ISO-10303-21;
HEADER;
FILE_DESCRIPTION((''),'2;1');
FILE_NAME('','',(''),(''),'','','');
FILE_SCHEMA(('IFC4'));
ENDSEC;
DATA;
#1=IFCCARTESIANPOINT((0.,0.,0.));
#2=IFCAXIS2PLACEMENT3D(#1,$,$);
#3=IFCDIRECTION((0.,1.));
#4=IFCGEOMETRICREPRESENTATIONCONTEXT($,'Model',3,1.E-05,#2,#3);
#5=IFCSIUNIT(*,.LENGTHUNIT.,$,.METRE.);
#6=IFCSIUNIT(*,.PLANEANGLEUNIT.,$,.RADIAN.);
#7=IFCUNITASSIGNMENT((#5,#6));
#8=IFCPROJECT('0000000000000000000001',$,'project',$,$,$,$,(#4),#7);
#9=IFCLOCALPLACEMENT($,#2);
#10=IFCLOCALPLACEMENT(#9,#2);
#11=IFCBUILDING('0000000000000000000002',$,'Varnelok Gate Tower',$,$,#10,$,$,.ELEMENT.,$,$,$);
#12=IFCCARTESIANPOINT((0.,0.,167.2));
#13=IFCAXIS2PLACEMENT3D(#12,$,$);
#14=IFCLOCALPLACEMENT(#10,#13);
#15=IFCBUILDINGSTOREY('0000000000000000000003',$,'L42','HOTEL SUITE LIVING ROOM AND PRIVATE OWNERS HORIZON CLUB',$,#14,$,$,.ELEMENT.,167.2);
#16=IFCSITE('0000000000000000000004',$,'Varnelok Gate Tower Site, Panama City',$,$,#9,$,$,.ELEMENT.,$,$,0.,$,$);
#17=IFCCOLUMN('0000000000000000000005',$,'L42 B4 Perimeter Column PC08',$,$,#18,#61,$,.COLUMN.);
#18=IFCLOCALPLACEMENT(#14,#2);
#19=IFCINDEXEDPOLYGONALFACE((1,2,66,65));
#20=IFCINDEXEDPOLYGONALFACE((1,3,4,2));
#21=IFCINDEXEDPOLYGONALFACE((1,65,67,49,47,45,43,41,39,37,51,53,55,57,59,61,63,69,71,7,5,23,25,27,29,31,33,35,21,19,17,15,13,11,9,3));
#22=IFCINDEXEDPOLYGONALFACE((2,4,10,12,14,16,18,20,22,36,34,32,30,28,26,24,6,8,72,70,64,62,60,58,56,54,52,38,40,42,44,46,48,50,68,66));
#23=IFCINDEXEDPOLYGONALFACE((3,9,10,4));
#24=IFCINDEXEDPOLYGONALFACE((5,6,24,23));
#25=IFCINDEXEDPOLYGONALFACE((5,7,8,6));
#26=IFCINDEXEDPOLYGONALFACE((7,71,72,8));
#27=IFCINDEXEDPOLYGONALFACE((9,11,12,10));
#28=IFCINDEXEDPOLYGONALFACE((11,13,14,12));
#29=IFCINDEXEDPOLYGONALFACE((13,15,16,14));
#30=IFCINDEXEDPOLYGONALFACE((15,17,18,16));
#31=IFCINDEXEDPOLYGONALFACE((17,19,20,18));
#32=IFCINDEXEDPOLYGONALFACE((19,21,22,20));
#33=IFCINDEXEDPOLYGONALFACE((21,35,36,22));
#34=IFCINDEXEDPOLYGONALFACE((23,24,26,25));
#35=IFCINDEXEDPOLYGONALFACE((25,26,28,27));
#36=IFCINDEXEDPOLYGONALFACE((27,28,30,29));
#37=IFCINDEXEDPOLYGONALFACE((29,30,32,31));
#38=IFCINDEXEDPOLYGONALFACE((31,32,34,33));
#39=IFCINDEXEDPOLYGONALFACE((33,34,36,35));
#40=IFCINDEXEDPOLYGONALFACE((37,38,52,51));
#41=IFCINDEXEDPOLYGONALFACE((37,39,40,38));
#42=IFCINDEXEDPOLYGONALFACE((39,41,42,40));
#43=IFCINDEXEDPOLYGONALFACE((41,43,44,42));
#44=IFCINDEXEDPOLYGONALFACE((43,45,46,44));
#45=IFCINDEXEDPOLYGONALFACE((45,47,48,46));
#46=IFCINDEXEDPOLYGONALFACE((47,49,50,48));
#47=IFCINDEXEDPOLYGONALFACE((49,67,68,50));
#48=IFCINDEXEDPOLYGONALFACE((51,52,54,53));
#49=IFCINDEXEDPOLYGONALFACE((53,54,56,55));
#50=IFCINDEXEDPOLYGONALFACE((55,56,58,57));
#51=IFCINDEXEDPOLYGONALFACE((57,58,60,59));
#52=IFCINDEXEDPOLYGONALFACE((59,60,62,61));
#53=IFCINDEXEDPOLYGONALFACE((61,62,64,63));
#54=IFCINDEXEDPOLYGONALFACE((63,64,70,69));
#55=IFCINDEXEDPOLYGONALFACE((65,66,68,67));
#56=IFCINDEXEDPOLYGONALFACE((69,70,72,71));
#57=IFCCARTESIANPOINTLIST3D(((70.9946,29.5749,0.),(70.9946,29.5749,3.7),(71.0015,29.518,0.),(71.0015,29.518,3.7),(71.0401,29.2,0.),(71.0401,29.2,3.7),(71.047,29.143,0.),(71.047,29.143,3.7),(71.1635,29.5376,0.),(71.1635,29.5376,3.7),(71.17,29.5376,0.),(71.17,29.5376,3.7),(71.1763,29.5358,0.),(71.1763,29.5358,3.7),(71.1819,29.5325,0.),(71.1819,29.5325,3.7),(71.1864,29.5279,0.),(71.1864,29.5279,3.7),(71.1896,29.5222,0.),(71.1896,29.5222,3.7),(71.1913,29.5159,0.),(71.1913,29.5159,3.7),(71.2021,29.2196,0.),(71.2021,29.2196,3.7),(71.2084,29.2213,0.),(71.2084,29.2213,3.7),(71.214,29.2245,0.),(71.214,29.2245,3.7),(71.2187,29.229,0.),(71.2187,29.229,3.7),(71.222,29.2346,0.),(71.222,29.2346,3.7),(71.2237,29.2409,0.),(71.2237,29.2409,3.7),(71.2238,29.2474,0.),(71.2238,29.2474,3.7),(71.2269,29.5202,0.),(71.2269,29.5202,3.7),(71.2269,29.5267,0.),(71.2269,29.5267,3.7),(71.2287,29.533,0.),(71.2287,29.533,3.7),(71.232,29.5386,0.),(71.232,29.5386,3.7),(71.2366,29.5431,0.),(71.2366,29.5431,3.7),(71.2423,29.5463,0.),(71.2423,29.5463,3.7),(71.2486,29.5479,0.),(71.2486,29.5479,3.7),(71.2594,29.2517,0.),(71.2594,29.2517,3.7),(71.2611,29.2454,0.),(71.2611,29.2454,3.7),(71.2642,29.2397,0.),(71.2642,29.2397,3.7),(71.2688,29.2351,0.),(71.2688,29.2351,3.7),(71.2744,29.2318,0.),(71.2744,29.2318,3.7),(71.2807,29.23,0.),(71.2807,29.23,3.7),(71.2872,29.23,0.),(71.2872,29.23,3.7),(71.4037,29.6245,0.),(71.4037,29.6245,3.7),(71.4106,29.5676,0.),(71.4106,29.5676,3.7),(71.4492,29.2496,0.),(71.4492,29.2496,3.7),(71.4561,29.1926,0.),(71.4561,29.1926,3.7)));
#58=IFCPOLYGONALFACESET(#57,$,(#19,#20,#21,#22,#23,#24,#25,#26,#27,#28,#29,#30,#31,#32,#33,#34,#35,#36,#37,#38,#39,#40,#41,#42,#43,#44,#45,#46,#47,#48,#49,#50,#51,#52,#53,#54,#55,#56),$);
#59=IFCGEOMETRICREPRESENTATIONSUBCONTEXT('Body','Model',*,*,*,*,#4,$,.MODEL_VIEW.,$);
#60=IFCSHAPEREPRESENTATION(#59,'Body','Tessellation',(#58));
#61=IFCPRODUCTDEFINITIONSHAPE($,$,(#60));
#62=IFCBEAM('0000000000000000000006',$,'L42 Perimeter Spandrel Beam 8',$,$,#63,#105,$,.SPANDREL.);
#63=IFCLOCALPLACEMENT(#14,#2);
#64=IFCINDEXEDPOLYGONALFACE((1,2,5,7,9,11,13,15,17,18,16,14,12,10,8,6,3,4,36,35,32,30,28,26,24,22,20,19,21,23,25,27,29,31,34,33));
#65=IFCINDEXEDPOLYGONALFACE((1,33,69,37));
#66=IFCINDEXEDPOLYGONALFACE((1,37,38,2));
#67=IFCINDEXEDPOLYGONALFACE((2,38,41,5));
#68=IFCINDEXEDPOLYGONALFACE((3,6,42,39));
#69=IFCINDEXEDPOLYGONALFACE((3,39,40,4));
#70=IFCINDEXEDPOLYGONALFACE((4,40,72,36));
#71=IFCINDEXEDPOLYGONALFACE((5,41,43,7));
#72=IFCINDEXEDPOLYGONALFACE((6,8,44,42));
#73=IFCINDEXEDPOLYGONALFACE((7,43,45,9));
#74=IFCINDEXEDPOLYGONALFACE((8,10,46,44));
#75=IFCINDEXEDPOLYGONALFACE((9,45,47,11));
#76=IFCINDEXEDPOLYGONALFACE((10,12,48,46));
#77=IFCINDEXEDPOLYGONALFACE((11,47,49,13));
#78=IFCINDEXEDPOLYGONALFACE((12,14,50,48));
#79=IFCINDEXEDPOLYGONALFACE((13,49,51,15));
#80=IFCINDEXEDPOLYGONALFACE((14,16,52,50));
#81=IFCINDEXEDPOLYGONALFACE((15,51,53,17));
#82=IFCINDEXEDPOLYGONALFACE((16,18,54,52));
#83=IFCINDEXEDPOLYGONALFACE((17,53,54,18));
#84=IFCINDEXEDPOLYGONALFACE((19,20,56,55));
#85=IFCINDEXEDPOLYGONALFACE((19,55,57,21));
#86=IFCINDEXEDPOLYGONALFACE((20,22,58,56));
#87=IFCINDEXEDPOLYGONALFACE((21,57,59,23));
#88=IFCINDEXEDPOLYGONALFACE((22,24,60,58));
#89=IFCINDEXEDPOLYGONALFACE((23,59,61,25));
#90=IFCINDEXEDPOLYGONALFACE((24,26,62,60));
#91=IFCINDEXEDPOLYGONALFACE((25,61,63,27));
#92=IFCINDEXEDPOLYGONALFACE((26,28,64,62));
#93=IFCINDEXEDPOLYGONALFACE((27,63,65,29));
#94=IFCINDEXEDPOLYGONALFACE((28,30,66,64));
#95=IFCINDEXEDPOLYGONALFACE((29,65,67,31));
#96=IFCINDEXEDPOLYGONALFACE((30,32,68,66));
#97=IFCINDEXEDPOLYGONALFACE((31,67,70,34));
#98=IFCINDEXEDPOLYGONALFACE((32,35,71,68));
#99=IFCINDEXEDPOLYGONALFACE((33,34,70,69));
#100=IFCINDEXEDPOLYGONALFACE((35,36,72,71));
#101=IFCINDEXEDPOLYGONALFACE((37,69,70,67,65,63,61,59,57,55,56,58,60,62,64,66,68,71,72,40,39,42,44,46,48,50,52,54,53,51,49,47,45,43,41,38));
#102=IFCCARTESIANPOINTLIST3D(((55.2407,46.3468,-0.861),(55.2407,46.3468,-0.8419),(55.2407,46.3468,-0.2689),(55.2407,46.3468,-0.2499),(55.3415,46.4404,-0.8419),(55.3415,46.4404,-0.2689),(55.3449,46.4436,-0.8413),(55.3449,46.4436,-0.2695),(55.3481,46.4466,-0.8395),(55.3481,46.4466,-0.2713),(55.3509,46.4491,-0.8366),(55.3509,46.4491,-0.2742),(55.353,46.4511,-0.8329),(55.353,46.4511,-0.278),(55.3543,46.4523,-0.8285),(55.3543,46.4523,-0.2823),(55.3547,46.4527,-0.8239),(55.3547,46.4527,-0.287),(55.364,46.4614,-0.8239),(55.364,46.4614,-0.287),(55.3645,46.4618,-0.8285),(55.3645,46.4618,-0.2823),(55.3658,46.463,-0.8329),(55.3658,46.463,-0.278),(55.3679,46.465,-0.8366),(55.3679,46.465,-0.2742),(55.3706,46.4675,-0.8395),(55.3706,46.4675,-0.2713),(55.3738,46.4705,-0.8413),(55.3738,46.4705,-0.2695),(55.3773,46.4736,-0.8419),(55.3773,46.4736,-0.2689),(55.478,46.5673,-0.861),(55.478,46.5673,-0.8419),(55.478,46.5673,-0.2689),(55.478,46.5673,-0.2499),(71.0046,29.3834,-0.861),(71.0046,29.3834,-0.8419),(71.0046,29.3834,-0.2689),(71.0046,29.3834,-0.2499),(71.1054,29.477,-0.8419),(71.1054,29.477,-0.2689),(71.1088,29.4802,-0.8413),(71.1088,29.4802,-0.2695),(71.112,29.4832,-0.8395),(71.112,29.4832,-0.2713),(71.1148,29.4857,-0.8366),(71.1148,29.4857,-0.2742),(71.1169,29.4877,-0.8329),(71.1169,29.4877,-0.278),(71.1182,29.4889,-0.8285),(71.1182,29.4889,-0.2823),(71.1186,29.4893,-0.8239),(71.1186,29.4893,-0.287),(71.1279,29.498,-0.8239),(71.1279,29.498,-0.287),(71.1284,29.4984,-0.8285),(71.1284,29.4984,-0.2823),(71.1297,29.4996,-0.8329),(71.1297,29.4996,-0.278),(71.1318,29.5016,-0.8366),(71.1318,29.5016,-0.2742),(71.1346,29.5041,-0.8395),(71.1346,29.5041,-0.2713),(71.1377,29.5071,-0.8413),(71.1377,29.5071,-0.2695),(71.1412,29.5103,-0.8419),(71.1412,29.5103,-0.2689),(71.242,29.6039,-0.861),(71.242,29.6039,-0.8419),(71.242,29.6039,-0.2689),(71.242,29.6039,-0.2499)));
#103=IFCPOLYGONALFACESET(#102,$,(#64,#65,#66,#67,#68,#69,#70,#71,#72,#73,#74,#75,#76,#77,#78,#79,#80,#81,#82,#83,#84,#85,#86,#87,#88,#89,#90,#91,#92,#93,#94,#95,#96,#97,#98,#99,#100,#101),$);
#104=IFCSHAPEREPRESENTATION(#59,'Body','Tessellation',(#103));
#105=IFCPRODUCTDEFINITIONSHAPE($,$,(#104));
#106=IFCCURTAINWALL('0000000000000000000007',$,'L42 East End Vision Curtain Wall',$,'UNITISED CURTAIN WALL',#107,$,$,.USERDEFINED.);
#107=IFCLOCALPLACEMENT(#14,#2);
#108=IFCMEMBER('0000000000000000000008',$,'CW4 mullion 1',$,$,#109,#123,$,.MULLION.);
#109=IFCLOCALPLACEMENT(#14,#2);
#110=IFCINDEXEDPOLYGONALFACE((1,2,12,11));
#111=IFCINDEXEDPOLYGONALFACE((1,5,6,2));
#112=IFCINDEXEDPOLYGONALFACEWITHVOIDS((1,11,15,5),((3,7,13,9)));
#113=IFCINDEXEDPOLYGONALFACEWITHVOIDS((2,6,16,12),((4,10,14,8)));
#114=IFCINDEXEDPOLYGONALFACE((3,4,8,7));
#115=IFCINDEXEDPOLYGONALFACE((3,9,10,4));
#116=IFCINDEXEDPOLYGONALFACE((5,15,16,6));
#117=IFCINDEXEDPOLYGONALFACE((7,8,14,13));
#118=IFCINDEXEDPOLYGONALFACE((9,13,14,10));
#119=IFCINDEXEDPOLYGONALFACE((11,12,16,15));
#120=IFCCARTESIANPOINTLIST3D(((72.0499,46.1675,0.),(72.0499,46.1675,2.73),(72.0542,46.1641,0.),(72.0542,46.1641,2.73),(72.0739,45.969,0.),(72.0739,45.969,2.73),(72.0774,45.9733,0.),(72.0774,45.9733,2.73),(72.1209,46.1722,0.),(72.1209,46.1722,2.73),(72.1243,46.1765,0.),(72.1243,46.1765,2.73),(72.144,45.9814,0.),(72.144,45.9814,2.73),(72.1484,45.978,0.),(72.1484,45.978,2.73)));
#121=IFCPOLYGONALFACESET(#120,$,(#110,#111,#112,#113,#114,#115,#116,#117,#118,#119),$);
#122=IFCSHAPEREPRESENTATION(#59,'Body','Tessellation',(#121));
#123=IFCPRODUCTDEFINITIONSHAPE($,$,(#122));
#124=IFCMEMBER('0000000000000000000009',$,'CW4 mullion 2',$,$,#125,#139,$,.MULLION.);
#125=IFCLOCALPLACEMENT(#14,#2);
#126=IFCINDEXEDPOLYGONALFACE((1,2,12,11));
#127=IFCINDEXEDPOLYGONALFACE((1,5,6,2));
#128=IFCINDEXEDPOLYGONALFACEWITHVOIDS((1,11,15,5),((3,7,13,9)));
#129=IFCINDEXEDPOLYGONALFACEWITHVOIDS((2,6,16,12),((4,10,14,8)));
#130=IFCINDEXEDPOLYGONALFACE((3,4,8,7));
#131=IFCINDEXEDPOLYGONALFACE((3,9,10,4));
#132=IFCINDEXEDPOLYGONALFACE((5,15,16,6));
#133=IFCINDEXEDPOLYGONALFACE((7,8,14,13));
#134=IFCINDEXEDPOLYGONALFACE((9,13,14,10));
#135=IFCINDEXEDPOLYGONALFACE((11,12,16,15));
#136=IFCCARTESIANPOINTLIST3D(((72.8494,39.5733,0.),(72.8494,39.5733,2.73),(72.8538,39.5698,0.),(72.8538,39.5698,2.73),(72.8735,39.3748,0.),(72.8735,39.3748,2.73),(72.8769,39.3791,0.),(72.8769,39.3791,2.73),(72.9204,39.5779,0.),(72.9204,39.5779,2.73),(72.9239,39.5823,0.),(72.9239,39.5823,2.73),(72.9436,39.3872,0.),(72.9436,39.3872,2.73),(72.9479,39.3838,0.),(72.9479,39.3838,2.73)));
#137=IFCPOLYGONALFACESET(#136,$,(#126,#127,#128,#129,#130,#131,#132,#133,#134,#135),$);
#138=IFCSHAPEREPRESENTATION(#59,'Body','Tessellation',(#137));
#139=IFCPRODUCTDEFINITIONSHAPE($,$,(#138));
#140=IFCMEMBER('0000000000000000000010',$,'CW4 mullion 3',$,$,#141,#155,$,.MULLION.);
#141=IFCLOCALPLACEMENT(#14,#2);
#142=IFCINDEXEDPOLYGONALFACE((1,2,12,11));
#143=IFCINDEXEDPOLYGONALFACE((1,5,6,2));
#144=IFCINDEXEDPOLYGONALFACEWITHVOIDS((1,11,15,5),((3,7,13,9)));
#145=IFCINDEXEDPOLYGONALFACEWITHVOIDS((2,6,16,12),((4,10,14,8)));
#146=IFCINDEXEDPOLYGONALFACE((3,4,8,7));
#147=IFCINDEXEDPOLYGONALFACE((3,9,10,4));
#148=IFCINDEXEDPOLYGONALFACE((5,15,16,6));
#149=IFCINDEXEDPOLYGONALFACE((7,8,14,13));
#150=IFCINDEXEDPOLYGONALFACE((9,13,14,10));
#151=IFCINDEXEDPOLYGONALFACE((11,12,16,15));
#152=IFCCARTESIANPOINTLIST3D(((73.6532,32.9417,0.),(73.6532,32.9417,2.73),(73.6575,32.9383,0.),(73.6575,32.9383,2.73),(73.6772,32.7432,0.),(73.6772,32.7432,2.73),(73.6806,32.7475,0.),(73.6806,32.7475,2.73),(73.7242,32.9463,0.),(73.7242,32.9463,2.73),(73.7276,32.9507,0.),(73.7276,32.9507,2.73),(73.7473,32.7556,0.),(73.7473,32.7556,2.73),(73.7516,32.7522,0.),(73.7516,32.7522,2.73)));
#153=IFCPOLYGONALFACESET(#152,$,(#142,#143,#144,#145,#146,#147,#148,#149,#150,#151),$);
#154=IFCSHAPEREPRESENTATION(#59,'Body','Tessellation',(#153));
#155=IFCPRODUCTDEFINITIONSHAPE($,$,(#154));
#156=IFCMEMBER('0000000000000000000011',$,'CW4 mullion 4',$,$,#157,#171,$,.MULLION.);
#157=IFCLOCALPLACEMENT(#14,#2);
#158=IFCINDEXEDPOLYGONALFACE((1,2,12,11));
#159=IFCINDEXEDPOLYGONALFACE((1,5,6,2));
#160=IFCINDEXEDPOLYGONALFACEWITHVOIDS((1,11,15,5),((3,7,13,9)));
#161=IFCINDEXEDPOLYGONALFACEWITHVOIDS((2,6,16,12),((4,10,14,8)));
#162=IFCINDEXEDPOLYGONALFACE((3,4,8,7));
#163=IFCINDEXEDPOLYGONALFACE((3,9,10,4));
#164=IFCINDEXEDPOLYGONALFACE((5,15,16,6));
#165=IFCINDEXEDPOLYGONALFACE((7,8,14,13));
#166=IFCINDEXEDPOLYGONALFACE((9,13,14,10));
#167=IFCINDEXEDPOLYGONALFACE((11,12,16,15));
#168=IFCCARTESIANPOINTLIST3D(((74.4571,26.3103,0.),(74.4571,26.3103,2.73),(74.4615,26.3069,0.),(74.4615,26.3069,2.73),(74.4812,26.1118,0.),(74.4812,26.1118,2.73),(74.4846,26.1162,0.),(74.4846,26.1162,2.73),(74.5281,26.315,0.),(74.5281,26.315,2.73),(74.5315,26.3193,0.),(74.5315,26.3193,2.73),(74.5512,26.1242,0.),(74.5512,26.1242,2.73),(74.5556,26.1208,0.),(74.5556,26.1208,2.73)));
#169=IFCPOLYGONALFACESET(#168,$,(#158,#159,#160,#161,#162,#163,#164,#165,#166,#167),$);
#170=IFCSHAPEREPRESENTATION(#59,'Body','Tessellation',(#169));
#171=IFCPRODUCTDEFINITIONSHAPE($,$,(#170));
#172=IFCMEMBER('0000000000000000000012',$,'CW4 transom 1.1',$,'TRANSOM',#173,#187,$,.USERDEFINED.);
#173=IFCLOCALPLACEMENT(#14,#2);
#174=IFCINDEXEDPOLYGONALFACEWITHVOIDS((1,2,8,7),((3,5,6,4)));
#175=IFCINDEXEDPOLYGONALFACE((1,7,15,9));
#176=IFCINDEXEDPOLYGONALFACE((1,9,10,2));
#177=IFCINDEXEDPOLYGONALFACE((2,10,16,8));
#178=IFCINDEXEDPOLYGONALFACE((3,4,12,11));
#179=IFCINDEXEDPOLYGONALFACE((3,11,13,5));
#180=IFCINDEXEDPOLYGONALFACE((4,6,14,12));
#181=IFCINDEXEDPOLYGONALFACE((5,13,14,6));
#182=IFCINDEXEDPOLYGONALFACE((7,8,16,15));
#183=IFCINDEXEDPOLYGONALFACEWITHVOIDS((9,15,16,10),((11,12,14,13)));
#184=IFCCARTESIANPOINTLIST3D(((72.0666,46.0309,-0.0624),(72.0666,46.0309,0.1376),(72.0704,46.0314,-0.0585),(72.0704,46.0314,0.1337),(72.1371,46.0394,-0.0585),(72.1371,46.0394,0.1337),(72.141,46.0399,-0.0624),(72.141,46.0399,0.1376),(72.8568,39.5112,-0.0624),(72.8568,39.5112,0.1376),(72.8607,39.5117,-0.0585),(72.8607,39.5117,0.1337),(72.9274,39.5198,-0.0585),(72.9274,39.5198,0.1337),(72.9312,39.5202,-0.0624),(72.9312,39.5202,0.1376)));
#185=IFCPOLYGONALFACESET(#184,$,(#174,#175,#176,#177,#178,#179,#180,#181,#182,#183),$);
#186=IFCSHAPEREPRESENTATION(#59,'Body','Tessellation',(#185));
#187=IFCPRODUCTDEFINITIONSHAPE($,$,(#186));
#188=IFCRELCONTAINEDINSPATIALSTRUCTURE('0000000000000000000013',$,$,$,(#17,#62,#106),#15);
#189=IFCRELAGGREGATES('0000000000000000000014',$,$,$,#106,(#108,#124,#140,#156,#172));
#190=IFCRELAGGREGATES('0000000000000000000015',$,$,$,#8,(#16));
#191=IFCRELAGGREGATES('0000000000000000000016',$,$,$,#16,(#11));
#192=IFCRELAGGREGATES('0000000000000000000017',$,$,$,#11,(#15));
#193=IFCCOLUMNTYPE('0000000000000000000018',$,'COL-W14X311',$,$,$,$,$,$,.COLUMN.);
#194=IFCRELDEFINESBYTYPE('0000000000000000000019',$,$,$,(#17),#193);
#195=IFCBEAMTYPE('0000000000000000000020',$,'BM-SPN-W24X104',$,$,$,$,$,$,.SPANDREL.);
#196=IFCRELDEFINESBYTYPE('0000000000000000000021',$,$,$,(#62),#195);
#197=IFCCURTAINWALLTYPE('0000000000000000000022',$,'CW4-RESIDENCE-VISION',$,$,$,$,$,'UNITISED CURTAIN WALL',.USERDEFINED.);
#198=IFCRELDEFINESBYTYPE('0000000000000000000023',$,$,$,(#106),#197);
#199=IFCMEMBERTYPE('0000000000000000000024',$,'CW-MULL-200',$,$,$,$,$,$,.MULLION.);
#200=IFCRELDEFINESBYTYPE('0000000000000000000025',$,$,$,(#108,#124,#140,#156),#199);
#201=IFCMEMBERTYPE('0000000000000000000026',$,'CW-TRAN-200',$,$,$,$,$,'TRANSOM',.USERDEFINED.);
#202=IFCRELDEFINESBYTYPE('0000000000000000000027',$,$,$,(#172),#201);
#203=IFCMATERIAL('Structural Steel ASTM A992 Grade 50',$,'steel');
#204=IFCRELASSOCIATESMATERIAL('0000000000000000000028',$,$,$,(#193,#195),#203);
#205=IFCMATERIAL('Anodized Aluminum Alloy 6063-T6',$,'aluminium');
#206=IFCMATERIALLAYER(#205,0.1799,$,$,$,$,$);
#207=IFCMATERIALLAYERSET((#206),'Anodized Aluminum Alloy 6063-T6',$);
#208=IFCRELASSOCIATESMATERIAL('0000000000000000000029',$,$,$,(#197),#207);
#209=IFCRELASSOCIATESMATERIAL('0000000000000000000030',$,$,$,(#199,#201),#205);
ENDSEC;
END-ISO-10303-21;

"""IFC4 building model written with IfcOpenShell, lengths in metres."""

from ifc_helpers import new_model, si_unit, direction, frame, origin, origin_2d, place, context, subcontext, project, spatial, hollow_rectangle, i_section, extrude, material, layer, layer_set, material_profile, profile_set, type_object, element, aggregate, save


model = new_model("IFC4")

# Units and contexts
model_context = context("Model", 3, precision=1e-05, world=origin(), true_north=direction((0.0, 1.0)))
body_context = subcontext(model_context, "Body", "Model", "MODEL_VIEW")
ifc_project = project(units=[si_unit("LENGTHUNIT", "METRE"), si_unit("PLANEANGLEUNIT", "RADIAN")], contexts=[model_context])

# Site, building, storey
site_placement = place(None, origin())
site = spatial("IfcSite", under=ifc_project, at=site_placement, Name="Varnelok Gate Tower Site, Panama City", CompositionType="ELEMENT", RefElevation=0.0)
building_placement = place(site_placement, origin())
building = spatial("IfcBuilding", under=site, at=building_placement, Name="Varnelok Gate Tower", CompositionType="ELEMENT")
storey_placement = place(building_placement, frame((0.0, 0.0, 167.2)))
storey = spatial("IfcBuildingStorey", under=building, at=storey_placement, Name="L42", Description="HOTEL SUITE LIVING ROOM AND PRIVATE OWNERS HORIZON CLUB", CompositionType="ELEMENT", Elevation=167.2)

# Column
ifc_material_1 = material(Name="Structural Steel ASTM A992 Grade 50", Category="steel")
ifc_material_profile_1 = material_profile(ifc_material_1, i_section(OverallWidth=0.4121, OverallDepth=0.4351, WebThickness=0.0359, FlangeThickness=0.0574, FilletRadius=0.0249, at=origin_2d()), Name="W14X311")
ifc_profile_set_1 = profile_set([ifc_material_profile_1], Name="Structural Steel ASTM A992 Grade 50")
column_type = type_object("IfcColumnType", Name="COL-W14X311", PredefinedType="COLUMN", material=ifc_profile_set_1)
column_placement = place(storey_placement, frame((71.2253, 29.3838, 0.0), z_axis=(0.0, 0.0, 1.0), x_axis=(0.992732, 0.120345, 0.0)))
element("IfcColumn", 1, at=column_placement, inside=storey, type_object=column_type, Name="L42 B4 Perimeter Column PC08", PredefinedType="COLUMN", context=body_context, shape_type="SweptSolid", body=[
    extrude(i_section(OverallWidth=0.4121, OverallDepth=0.4351, WebThickness=0.0359, FlangeThickness=0.0574, FilletRadius=0.0249, at=origin_2d()), origin(), (0.0, 0.0, 1.0), 3.7),
])

# Beam
ifc_material_profile_2 = material_profile(ifc_material_1, i_section(OverallWidth=0.324, OverallDepth=0.6111, WebThickness=0.0127, FlangeThickness=0.019, FilletRadius=0.0181, at=origin_2d()), Name="W24X104")
ifc_profile_set_2 = profile_set([ifc_material_profile_2], Name="Structural Steel ASTM A992 Grade 50")
beam_type = type_object("IfcBeamType", Name="BM-SPN-W24X104", PredefinedType="SPANDREL", material=ifc_profile_set_2)
beam_placement = place(storey_placement, frame((71.1233, 29.4937, -0.5554), z_axis=(-0.680734, 0.732531, 0.0), x_axis=(-0.732531, -0.680734, 0.0)))
element("IfcBeam", 2, at=beam_placement, inside=storey, type_object=beam_type, Name="L42 Perimeter Spandrel Beam 8", PredefinedType="SPANDREL", context=body_context, shape_type="SweptSolid", body=[
    extrude(i_section(OverallWidth=0.324, OverallDepth=0.6111, WebThickness=0.0127, FlangeThickness=0.019, FilletRadius=0.0181, at=origin_2d()), origin(), (0.0, 0.0, 1.0), 23.1572),
])

# Curtain wall, members
ifc_material_2 = material(Name="Anodized Aluminum Alloy 6063-T6", Category="aluminium")
ifc_layer_1 = layer(ifc_material_2, 0.1799)
ifc_layer_set_1 = layer_set([ifc_layer_1], Name="Anodized Aluminum Alloy 6063-T6")
curtain_wall_type = type_object("IfcCurtainWallType", Name="CW4-RESIDENCE-VISION", ElementType="UNITISED CURTAIN WALL", PredefinedType="USERDEFINED", material=ifc_layer_set_1)
curtain_wall_placement = place(storey_placement, origin())
curtain_wall = element("IfcCurtainWall", 3, at=curtain_wall_placement, inside=storey, type_object=curtain_wall_type, Name="L42 East End Vision Curtain Wall", ObjectType="UNITISED CURTAIN WALL", PredefinedType="USERDEFINED")
ifc_material_profile_3 = material_profile(ifc_material_2, hollow_rectangle(XDim=0.075, YDim=0.2, WallThickness=0.0039, at=origin_2d()), Name="ALU200X75X4")
ifc_profile_set_3 = profile_set([ifc_material_profile_3], Name="Anodized Aluminum Alloy 6063-T6")
member_type_1 = type_object("IfcMemberType", Name="CW-MULL-200", PredefinedType="MULLION", material=ifc_profile_set_3)
member_1_placement = place(storey_placement, frame((72.0991, 46.0728, 0.0), z_axis=(0.0, 0.0, 1.0), x_axis=(0.992732, 0.120345, 0.0)))
member_1 = element("IfcMember", 4, at=member_1_placement, type_object=member_type_1, Name="CW4 mullion 1", PredefinedType="MULLION", context=body_context, shape_type="SweptSolid", body=[
    extrude(hollow_rectangle(XDim=0.075, YDim=0.2, WallThickness=0.0039, at=origin_2d()), origin(), (0.0, 0.0, 1.0), 2.73),
])
member_2_placement = place(storey_placement, frame((72.8987, 39.4785, 0.0), z_axis=(0.0, 0.0, 1.0), x_axis=(0.992732, 0.120345, 0.0)))
member_2 = element("IfcMember", 5, at=member_2_placement, type_object=member_type_1, Name="CW4 mullion 2", PredefinedType="MULLION", context=body_context, shape_type="SweptSolid", body=[
    extrude(hollow_rectangle(XDim=0.075, YDim=0.2, WallThickness=0.0039, at=origin_2d()), origin(), (0.0, 0.0, 1.0), 2.73),
])
member_3_placement = place(storey_placement, frame((73.7024, 32.8469, 0.0), z_axis=(0.0, 0.0, 1.0), x_axis=(0.992732, 0.120345, 0.0)))
member_3 = element("IfcMember", 6, at=member_3_placement, type_object=member_type_1, Name="CW4 mullion 3", PredefinedType="MULLION", context=body_context, shape_type="SweptSolid", body=[
    extrude(hollow_rectangle(XDim=0.075, YDim=0.2, WallThickness=0.0039, at=origin_2d()), origin(), (0.0, 0.0, 1.0), 2.73),
])
member_4_placement = place(storey_placement, frame((74.5063, 26.2156, 0.0), z_axis=(0.0, 0.0, 1.0), x_axis=(0.992732, 0.120345, 0.0)))
member_4 = element("IfcMember", 7, at=member_4_placement, type_object=member_type_1, Name="CW4 mullion 4", PredefinedType="MULLION", context=body_context, shape_type="SweptSolid", body=[
    extrude(hollow_rectangle(XDim=0.075, YDim=0.2, WallThickness=0.0039, at=origin_2d()), origin(), (0.0, 0.0, 1.0), 2.73),
])
ifc_material_profile_4 = material_profile(ifc_material_2, hollow_rectangle(XDim=0.075, YDim=0.2, WallThickness=0.0039, at=origin_2d()), Name="ALU200X75X4")
ifc_profile_set_4 = profile_set([ifc_material_profile_4], Name="Anodized Aluminum Alloy 6063-T6")
member_type_2 = type_object("IfcMemberType", Name="CW-TRAN-200", ElementType="TRANSOM", PredefinedType="USERDEFINED", material=ifc_profile_set_4)
member_5_placement = place(storey_placement, frame((72.1038, 46.0354, 0.0376), z_axis=(0.120332, -0.992734, 0.0), x_axis=(0.992734, 0.120332, 0.0)))
member_5 = element("IfcMember", 8, at=member_5_placement, type_object=member_type_2, Name="CW4 transom 1.1", ObjectType="TRANSOM", PredefinedType="USERDEFINED", context=body_context, shape_type="SweptSolid", body=[
    extrude(hollow_rectangle(XDim=0.075, YDim=0.2, WallThickness=0.0039, at=origin_2d()), origin(), (0.0, 0.0, 1.0), 6.5674),
])
aggregate(curtain_wall, [member_1, member_2, member_3, member_4, member_5])

save(model, "model.ifc")
